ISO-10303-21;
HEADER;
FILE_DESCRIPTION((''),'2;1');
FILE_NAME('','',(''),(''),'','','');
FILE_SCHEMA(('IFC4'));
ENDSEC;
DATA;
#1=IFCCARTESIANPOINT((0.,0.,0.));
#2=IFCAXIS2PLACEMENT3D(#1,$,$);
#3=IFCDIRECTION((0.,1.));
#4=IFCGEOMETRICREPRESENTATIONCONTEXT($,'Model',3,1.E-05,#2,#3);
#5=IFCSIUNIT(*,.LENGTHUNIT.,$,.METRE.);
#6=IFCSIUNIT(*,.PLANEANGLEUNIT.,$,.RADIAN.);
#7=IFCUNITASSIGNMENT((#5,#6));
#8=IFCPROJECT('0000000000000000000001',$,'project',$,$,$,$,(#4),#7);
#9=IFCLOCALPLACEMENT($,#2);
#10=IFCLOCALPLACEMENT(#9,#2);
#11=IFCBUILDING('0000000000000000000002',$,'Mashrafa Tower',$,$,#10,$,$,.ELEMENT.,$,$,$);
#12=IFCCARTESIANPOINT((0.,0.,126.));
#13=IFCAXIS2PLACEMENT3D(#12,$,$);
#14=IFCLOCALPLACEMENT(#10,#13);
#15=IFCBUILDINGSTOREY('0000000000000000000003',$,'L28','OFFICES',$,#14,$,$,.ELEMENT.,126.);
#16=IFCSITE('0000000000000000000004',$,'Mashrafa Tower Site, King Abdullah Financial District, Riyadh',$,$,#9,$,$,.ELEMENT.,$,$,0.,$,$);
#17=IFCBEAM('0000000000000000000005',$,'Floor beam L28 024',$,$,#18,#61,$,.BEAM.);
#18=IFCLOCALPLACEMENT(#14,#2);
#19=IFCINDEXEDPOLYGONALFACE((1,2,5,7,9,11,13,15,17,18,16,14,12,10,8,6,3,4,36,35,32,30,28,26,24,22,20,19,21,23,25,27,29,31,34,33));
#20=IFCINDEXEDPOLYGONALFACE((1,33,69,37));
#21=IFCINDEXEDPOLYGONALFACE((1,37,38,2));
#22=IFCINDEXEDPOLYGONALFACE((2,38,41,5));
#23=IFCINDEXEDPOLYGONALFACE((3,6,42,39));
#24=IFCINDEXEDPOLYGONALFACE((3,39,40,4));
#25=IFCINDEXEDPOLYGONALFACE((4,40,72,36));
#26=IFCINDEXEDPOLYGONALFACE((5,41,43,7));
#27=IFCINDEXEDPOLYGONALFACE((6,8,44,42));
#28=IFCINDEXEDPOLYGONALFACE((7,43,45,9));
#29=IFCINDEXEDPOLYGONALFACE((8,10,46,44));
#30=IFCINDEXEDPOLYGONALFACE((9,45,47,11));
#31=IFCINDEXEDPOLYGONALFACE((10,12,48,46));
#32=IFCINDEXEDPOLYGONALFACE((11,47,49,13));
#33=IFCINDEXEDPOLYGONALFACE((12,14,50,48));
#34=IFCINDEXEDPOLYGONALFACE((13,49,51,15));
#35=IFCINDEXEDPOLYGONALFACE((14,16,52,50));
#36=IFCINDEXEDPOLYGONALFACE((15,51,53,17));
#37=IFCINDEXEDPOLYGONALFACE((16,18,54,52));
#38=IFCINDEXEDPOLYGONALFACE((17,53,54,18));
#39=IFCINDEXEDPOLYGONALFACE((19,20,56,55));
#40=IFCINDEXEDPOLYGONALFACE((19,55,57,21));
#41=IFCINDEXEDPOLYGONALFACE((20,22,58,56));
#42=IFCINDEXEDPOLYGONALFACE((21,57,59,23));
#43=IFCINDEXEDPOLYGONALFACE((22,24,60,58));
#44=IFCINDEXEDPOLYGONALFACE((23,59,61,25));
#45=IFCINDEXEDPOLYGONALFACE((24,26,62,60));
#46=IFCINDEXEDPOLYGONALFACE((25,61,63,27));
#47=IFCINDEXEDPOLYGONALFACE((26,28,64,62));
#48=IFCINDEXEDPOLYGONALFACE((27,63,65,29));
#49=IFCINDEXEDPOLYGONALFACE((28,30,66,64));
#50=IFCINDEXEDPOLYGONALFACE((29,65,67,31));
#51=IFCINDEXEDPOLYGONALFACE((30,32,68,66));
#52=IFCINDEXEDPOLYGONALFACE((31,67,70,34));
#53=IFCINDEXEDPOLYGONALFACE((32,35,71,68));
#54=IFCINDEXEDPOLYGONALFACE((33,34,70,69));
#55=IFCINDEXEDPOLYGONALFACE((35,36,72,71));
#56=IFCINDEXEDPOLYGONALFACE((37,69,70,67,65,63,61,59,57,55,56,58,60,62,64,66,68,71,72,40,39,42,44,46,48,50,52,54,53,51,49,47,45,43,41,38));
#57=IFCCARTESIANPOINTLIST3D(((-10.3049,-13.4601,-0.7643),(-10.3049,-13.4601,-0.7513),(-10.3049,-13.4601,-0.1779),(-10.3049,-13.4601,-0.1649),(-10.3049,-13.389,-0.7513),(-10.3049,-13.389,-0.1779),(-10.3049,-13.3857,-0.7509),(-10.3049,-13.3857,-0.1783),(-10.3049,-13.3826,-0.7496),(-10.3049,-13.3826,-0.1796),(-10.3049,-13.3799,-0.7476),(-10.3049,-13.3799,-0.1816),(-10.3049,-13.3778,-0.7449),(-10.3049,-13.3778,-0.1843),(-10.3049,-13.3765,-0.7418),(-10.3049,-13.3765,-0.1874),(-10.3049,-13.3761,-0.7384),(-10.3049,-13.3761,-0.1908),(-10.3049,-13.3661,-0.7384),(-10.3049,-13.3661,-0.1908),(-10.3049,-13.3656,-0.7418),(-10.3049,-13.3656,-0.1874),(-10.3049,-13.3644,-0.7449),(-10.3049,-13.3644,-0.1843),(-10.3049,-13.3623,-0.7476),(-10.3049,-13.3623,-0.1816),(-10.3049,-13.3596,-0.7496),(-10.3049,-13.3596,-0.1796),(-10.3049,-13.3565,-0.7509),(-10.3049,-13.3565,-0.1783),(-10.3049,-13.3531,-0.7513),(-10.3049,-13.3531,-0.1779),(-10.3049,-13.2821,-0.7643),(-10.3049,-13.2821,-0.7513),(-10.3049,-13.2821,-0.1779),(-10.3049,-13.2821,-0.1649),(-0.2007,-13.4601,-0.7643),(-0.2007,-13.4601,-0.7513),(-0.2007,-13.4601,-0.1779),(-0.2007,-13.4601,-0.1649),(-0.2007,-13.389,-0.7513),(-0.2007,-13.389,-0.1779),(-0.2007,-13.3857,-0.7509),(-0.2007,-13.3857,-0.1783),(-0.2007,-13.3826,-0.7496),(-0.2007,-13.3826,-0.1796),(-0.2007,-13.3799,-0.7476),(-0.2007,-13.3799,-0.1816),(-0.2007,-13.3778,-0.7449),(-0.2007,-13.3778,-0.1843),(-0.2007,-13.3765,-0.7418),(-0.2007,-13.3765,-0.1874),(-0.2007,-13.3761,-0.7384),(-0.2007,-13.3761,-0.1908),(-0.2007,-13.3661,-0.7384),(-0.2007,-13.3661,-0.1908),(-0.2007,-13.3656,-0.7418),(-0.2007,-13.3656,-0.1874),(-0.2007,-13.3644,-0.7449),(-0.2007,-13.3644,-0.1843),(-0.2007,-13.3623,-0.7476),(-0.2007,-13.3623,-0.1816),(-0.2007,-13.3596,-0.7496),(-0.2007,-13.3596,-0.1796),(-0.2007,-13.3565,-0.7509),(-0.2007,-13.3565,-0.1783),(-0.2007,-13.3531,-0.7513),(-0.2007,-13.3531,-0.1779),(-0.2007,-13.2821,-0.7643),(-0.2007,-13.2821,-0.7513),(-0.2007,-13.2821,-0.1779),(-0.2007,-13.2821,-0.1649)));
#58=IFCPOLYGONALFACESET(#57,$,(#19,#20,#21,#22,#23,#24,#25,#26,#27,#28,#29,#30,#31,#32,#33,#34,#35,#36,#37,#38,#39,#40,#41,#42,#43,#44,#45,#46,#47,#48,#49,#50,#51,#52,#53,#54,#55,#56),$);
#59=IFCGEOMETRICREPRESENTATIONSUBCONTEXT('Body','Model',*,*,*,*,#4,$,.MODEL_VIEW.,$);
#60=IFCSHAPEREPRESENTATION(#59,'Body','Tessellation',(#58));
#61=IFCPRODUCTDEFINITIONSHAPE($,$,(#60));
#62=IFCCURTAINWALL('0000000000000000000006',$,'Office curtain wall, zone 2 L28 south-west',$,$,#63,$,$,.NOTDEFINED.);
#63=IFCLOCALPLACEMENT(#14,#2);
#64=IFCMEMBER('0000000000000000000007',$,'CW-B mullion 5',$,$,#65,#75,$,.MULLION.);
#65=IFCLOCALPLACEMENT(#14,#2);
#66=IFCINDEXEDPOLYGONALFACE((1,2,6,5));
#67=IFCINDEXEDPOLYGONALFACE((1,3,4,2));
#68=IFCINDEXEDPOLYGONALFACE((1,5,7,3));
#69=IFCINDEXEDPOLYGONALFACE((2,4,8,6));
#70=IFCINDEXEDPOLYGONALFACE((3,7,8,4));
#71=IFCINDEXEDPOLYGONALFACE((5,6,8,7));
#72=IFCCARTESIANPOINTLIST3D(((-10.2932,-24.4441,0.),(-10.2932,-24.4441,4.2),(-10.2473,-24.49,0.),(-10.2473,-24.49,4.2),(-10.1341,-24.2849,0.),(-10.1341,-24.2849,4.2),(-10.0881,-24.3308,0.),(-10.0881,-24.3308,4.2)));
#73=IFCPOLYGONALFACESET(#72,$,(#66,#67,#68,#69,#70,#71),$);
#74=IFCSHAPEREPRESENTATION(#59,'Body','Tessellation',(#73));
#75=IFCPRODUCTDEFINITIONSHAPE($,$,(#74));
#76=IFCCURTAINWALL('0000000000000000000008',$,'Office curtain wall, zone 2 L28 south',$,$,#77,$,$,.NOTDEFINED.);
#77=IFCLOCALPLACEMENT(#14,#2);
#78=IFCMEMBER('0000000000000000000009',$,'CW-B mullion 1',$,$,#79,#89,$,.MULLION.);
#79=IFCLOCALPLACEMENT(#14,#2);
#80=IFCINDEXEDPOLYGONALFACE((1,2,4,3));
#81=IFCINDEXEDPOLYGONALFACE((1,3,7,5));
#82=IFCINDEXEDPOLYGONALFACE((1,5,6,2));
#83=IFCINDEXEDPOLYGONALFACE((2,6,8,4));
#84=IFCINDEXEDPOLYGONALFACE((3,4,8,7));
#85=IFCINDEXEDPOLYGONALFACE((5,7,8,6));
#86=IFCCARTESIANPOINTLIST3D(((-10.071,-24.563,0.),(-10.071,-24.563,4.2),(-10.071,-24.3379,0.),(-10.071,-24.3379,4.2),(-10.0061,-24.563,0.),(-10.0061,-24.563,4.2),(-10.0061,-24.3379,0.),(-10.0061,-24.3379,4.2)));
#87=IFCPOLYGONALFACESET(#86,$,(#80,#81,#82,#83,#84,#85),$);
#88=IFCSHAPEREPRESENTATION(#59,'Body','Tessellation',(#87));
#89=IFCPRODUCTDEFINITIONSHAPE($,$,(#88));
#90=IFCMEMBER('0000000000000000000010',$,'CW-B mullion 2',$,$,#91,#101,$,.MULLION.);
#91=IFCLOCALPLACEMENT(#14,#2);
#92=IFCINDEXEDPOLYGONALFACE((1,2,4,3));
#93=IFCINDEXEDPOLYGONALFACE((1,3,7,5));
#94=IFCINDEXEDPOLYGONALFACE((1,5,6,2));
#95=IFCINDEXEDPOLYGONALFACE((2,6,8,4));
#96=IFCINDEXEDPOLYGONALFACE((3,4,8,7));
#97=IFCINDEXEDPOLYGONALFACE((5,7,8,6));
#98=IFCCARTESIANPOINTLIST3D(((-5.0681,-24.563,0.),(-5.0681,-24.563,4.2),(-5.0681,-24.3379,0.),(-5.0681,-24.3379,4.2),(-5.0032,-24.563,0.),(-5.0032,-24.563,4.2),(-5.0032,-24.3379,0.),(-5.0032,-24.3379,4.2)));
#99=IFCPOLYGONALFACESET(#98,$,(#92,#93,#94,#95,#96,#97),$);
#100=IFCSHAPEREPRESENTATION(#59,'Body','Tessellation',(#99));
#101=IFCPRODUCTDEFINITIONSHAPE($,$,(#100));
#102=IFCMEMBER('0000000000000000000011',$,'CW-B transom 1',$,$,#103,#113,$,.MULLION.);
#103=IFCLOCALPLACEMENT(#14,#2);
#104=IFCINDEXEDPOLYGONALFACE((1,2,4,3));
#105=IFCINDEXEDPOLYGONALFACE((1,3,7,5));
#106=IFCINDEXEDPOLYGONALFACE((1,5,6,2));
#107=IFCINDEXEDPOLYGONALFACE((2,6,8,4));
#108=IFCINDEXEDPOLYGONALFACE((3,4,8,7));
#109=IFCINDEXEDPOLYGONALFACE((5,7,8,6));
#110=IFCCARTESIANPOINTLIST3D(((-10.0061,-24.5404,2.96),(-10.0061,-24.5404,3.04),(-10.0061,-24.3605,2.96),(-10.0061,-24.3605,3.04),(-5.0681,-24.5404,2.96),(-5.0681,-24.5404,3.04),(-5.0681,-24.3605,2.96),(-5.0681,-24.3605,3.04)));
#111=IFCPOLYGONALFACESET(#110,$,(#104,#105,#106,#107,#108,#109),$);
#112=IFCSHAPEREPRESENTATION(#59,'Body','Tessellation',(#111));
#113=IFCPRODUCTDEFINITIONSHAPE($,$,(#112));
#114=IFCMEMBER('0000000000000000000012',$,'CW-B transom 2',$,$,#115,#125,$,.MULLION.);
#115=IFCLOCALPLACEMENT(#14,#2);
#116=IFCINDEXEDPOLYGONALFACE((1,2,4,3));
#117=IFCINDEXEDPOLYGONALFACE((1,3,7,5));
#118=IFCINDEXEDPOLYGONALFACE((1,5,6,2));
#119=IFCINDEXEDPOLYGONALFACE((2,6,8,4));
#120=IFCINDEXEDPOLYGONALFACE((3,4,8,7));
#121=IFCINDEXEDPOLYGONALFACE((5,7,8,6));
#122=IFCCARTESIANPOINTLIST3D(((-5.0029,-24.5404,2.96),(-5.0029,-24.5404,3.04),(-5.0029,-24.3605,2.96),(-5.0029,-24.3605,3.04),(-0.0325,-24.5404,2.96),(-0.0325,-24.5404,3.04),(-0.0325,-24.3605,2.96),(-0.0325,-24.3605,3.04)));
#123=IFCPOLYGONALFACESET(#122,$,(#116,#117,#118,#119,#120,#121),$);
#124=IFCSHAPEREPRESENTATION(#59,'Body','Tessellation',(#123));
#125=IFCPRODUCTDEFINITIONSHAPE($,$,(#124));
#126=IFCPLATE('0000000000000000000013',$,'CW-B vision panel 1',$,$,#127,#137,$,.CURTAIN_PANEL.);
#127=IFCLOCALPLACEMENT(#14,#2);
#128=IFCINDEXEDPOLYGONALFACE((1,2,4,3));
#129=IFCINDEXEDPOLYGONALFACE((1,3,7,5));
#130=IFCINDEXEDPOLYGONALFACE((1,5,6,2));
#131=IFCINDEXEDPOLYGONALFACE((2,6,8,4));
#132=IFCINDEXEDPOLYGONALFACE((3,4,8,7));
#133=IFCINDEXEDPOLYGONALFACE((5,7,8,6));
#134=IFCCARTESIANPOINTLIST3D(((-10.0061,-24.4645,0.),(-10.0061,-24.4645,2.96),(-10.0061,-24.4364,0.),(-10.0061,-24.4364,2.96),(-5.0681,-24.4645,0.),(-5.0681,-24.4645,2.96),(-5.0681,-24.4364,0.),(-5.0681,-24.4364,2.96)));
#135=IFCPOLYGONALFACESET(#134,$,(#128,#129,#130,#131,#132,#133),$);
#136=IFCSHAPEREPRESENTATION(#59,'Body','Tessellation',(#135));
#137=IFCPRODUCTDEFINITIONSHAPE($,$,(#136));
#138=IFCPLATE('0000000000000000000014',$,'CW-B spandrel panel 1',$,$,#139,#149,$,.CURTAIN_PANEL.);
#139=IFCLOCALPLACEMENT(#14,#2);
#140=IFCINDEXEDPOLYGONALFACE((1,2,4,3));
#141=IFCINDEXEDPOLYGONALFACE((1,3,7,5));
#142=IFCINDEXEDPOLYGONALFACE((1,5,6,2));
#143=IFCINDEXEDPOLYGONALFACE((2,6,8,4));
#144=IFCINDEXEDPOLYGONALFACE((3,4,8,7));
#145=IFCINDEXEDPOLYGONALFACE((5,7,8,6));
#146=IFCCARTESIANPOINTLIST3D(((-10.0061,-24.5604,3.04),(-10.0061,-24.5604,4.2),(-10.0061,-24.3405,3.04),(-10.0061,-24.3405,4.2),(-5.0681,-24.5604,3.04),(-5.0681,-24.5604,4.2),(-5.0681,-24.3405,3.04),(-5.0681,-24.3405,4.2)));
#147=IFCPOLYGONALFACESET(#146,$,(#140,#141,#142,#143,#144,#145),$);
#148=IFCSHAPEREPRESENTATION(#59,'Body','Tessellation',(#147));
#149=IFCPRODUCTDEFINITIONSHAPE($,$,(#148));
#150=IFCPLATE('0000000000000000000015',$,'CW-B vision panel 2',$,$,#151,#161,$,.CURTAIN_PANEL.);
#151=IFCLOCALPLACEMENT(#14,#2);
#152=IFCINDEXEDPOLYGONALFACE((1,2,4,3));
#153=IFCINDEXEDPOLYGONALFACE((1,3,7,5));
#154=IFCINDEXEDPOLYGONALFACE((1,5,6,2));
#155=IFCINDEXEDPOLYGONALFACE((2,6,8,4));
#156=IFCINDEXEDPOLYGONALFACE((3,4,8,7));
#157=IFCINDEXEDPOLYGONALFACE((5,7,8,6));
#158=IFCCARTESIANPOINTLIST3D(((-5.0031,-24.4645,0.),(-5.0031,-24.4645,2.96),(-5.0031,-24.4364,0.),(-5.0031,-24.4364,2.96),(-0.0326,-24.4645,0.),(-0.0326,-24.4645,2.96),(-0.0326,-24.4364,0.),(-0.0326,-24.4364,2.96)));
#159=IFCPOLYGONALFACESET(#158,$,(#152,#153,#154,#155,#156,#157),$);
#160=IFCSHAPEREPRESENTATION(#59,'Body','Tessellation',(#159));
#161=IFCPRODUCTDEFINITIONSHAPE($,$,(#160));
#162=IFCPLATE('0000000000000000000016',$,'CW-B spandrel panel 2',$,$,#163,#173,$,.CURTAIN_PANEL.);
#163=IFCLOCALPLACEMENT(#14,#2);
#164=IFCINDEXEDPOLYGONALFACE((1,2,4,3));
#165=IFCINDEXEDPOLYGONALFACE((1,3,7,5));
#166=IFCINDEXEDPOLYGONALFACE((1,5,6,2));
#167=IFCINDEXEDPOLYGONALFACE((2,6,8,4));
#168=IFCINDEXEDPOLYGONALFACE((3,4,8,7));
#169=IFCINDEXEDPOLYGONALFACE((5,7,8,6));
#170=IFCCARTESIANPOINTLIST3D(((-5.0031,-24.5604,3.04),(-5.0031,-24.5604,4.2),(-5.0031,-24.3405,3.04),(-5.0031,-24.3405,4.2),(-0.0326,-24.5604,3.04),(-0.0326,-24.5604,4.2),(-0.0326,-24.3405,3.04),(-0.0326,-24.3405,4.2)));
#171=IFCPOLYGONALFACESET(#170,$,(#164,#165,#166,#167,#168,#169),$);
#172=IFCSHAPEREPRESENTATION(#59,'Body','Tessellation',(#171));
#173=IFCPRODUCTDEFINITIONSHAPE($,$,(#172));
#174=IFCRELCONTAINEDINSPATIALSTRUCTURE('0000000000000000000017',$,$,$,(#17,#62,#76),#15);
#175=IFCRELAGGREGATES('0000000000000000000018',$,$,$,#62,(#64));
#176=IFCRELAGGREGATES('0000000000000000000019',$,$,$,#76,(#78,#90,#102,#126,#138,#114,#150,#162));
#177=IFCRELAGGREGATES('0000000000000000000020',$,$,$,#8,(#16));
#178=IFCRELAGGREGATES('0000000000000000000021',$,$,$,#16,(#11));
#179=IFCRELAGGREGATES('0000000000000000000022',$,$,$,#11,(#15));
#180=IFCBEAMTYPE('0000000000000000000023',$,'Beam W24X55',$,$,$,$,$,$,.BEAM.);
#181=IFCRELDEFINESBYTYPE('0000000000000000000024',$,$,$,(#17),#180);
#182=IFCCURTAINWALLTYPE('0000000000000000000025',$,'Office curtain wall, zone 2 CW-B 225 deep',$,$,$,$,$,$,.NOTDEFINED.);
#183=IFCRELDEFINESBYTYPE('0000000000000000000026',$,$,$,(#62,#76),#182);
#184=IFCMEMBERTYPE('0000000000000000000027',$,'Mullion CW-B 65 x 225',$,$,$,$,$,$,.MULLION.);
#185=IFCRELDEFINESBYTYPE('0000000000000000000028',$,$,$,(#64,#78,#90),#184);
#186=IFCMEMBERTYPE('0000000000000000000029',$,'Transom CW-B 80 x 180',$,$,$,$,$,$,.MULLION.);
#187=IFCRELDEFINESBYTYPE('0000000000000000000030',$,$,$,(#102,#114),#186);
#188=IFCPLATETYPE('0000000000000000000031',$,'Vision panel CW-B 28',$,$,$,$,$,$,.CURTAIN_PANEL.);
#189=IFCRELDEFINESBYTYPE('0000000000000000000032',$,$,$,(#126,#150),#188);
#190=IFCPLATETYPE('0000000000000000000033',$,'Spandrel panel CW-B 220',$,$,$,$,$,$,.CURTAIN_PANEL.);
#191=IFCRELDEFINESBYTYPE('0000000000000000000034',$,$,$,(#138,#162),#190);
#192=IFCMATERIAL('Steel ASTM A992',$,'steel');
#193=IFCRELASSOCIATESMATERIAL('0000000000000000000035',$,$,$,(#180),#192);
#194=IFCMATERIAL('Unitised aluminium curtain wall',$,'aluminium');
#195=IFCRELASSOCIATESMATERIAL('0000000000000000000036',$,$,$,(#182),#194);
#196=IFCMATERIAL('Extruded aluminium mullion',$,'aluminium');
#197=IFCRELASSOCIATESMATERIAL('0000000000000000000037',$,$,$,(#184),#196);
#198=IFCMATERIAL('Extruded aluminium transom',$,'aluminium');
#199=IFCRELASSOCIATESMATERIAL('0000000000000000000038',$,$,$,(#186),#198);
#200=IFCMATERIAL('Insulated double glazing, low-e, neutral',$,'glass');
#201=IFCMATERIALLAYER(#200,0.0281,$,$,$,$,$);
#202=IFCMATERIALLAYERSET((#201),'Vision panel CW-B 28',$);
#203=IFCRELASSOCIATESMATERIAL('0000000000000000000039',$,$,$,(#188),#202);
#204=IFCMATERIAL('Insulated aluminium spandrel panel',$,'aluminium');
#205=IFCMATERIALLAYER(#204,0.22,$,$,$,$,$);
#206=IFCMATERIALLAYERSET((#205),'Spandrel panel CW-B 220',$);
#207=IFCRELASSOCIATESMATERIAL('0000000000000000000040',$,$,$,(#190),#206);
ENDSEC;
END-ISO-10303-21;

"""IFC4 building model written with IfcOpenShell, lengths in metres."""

from ifc_helpers import new_model, si_unit, direction, frame, origin, origin_2d, place, context, subcontext, project, spatial, rectangle, i_section, extrude, source, transform, mapped, material, layer, layer_set, material_profile, profile_set, type_object, type_shapes, element, aggregate, save


model = new_model("IFC4")

# Units and contexts
model_context = context("Model", 3, precision=1e-05, world=origin(), true_north=direction((0.0, 1.0)))
body_context = subcontext(model_context, "Body", "Model", "MODEL_VIEW")
ifc_project = project(units=[si_unit("LENGTHUNIT", "METRE"), si_unit("PLANEANGLEUNIT", "RADIAN")], contexts=[model_context])

# Site, building, storey
site_placement = place(None, origin())
site = spatial("IfcSite", under=ifc_project, at=site_placement, Name="Mashrafa Tower Site, King Abdullah Financial District, Riyadh", CompositionType="ELEMENT", RefElevation=0.0)
building_placement = place(site_placement, origin())
building = spatial("IfcBuilding", under=site, at=building_placement, Name="Mashrafa Tower", CompositionType="ELEMENT")
storey_placement = place(building_placement, frame((0.0, 0.0, 126.0)))
storey = spatial("IfcBuildingStorey", under=building, at=storey_placement, Name="L28", Description="OFFICES", CompositionType="ELEMENT", Elevation=126.0)

# Beam
ifc_material_1 = material(Name="Steel ASTM A992", Category="steel")
ifc_material_profile_1 = material_profile(ifc_material_1, i_section(OverallWidth=0.178, OverallDepth=0.5994, WebThickness=0.01, FlangeThickness=0.0129, FilletRadius=0.0129, at=origin_2d()), Name="W24X55")
ifc_profile_set_1 = profile_set([ifc_material_profile_1], Name="Steel ASTM A992")
beam_type_1 = type_object("IfcBeamType", Name="Beam W24X55", PredefinedType="BEAM", material=ifc_profile_set_1)
beam_1_placement = place(storey_placement, frame((-0.2007, -13.3711, -0.4646), z_axis=(-1.0, 0.0, 0.0), x_axis=(0.0, -1.0, 0.0)))
element("IfcBeam", 1, at=beam_1_placement, inside=storey, type_object=beam_type_1, Name="Floor beam L28 024", PredefinedType="BEAM", context=body_context, shape_type="SweptSolid", body=[
    extrude(i_section(OverallWidth=0.178, OverallDepth=0.5994, WebThickness=0.01, FlangeThickness=0.0129, FilletRadius=0.0129, at=origin_2d()), origin(), (0.0, 0.0, 1.0), 10.1042),
])

# Curtain wall, member
ifc_material_2 = material(Name="Unitised aluminium curtain wall", Category="aluminium")
curtain_wall_type = type_object("IfcCurtainWallType", Name="Office curtain wall, zone 2 CW-B 225 deep", PredefinedType="NOTDEFINED", material=ifc_material_2)
curtain_wall_1_placement = place(storey_placement, origin())
curtain_wall_1 = element("IfcCurtainWall", 2, at=curtain_wall_1_placement, inside=storey, type_object=curtain_wall_type, Name="Office curtain wall, zone 2 L28 south-west", PredefinedType="NOTDEFINED")
ifc_material_3 = material(Name="Extruded aluminium mullion", Category="aluminium")
ifc_material_profile_2 = material_profile(ifc_material_3, rectangle(XDim=0.2251, YDim=0.0649, at=origin_2d()), Name="Mullion 65x225")
ifc_profile_set_2 = profile_set([ifc_material_profile_2], Name="Extruded aluminium mullion")
member_type_1 = type_object("IfcMemberType", Name="Mullion CW-B 65 x 225", PredefinedType="MULLION", material=ifc_profile_set_2)
shared_shape_1 = source(origin(), body_context, "Body", "SweptSolid", [
    extrude(rectangle(XDim=0.2251, YDim=0.0649, at=origin_2d()), origin(), (0.0, 0.0, 1.0), 4.2),
])
type_shapes(member_type_1, [shared_shape_1])
member_1_placement = place(storey_placement, frame((-10.1907, -24.3875, 0.0), z_axis=(0.0, 0.0, 1.0), x_axis=(0.707107, 0.707107, 0.0)))
member_1 = element("IfcMember", 3, at=member_1_placement, type_object=member_type_1, Name="CW-B mullion 5", PredefinedType="MULLION", context=body_context, shape_type="MappedRepresentation", body=[
    mapped(shared_shape_1, transform((0.0, 0.0, 0.0))),
])
aggregate(curtain_wall_1, [member_1])

# Curtain wall, members, plates
curtain_wall_2_placement = place(storey_placement, origin())
curtain_wall_2 = element("IfcCurtainWall", 4, at=curtain_wall_2_placement, inside=storey, type_object=curtain_wall_type, Name="Office curtain wall, zone 2 L28 south", PredefinedType="NOTDEFINED")
member_2_placement = place(storey_placement, frame((-10.0386, -24.4504, 0.0), z_axis=(0.0, 0.0, 1.0), x_axis=(0.0, 1.0, 0.0)))
member_2 = element("IfcMember", 5, at=member_2_placement, type_object=member_type_1, Name="CW-B mullion 1", PredefinedType="MULLION", context=body_context, shape_type="MappedRepresentation", body=[
    mapped(shared_shape_1, transform((0.0, 0.0, 0.0))),
])
member_3_placement = place(storey_placement, frame((-5.0356, -24.4504, 0.0), z_axis=(0.0, 0.0, 1.0), x_axis=(0.0, 1.0, 0.0)))
member_3 = element("IfcMember", 6, at=member_3_placement, type_object=member_type_1, Name="CW-B mullion 2", PredefinedType="MULLION", context=body_context, shape_type="MappedRepresentation", body=[
    mapped(shared_shape_1, transform((0.0, 0.0, 0.0))),
])
ifc_material_4 = material(Name="Extruded aluminium transom", Category="aluminium")
ifc_material_profile_3 = material_profile(ifc_material_4, rectangle(XDim=0.1799, YDim=0.0801, at=origin_2d()), Name="Transom 80x180")
ifc_profile_set_3 = profile_set([ifc_material_profile_3], Name="Extruded aluminium transom")
member_type_2 = type_object("IfcMemberType", Name="Transom CW-B 80 x 180", PredefinedType="MULLION", material=ifc_profile_set_3)
shared_shape_2 = source(origin(), body_context, "Body", "SweptSolid", [
    extrude(rectangle(XDim=0.1799, YDim=0.0801, at=origin_2d()), origin(), (0.0, 0.0, 1.0), 4.938),
])
member_4_placement = place(storey_placement, frame((-10.0061, -24.4504, 3.0), z_axis=(1.0, 0.0, 0.0), x_axis=(0.0, 1.0, 0.0)))
member_4 = element("IfcMember", 7, at=member_4_placement, type_object=member_type_2, Name="CW-B transom 1", PredefinedType="MULLION", context=body_context, shape_type="MappedRepresentation", body=[
    mapped(shared_shape_2, transform((0.0, 0.0, 0.0))),
])
shared_shape_3 = source(origin(), body_context, "Body", "SweptSolid", [
    extrude(rectangle(XDim=0.1799, YDim=0.0801, at=origin_2d()), origin(), (0.0, 0.0, 1.0), 4.9705),
])
type_shapes(member_type_2, [shared_shape_2, shared_shape_3])
member_5_placement = place(storey_placement, frame((-5.0029, -24.4504, 3.0), z_axis=(1.0, 0.0, 0.0), x_axis=(0.0, 1.0, 0.0)))
member_5 = element("IfcMember", 8, at=member_5_placement, type_object=member_type_2, Name="CW-B transom 2", PredefinedType="MULLION", context=body_context, shape_type="MappedRepresentation", body=[
    mapped(shared_shape_3, transform((0.0, 0.0, 0.0))),
])
ifc_material_5 = material(Name="Insulated double glazing, low-e, neutral", Category="glass")
ifc_layer_1 = layer(ifc_material_5, 0.0281)
ifc_layer_set_1 = layer_set([ifc_layer_1], Name="Vision panel CW-B 28")
plate_type_1 = type_object("IfcPlateType", Name="Vision panel CW-B 28", PredefinedType="CURTAIN_PANEL", material=ifc_layer_set_1)
shared_shape_4 = source(origin(), body_context, "Body", "SweptSolid", [
    extrude(rectangle(XDim=4.938, YDim=0.0281, at=origin_2d()), origin(), (0.0, 0.0, 1.0), 2.96),
])
plate_1_placement = place(storey_placement, frame((-7.5371, -24.4504, 0.0), z_axis=(0.0, 0.0, 1.0), x_axis=(1.0, 0.0, 0.0)))
plate_1 = element("IfcPlate", 9, at=plate_1_placement, type_object=plate_type_1, Name="CW-B vision panel 1", PredefinedType="CURTAIN_PANEL", context=body_context, shape_type="MappedRepresentation", body=[
    mapped(shared_shape_4, transform((0.0, 0.0, 0.0))),
])
ifc_material_6 = material(Name="Insulated aluminium spandrel panel", Category="aluminium")
ifc_layer_2 = layer(ifc_material_6, 0.22)
ifc_layer_set_2 = layer_set([ifc_layer_2], Name="Spandrel panel CW-B 220")
plate_type_2 = type_object("IfcPlateType", Name="Spandrel panel CW-B 220", PredefinedType="CURTAIN_PANEL", material=ifc_layer_set_2)
shared_shape_5 = source(origin(), body_context, "Body", "SweptSolid", [
    extrude(rectangle(XDim=4.938, YDim=0.22, at=origin_2d()), origin(), (0.0, 0.0, 1.0), 1.1599),
])
plate_2_placement = place(storey_placement, frame((-7.5371, -24.4504, 3.04), z_axis=(0.0, 0.0, 1.0), x_axis=(1.0, 0.0, 0.0)))
plate_2 = element("IfcPlate", 10, at=plate_2_placement, type_object=plate_type_2, Name="CW-B spandrel panel 1", PredefinedType="CURTAIN_PANEL", context=body_context, shape_type="MappedRepresentation", body=[
    mapped(shared_shape_5, transform((0.0, 0.0, 0.0))),
])
shared_shape_6 = source(origin(), body_context, "Body", "SweptSolid", [
    extrude(rectangle(XDim=4.9705, YDim=0.0281, at=origin_2d()), origin(), (0.0, 0.0, 1.0), 2.96),
])
type_shapes(plate_type_1, [shared_shape_4, shared_shape_6])
plate_3_placement = place(storey_placement, frame((-2.5178, -24.4504, 0.0), z_axis=(0.0, 0.0, 1.0), x_axis=(1.0, 0.0, 0.0)))
plate_3 = element("IfcPlate", 11, at=plate_3_placement, type_object=plate_type_1, Name="CW-B vision panel 2", PredefinedType="CURTAIN_PANEL", context=body_context, shape_type="MappedRepresentation", body=[
    mapped(shared_shape_6, transform((0.0, 0.0, 0.0))),
])
shared_shape_7 = source(origin(), body_context, "Body", "SweptSolid", [
    extrude(rectangle(XDim=4.9705, YDim=0.22, at=origin_2d()), origin(), (0.0, 0.0, 1.0), 1.1599),
])
type_shapes(plate_type_2, [shared_shape_5, shared_shape_7])
plate_4_placement = place(storey_placement, frame((-2.5178, -24.4504, 3.04), z_axis=(0.0, 0.0, 1.0), x_axis=(1.0, 0.0, 0.0)))
plate_4 = element("IfcPlate", 12, at=plate_4_placement, type_object=plate_type_2, Name="CW-B spandrel panel 2", PredefinedType="CURTAIN_PANEL", context=body_context, shape_type="MappedRepresentation", body=[
    mapped(shared_shape_7, transform((0.0, 0.0, 0.0))),
])
aggregate(curtain_wall_2, [member_2, member_3, member_4, plate_1, plate_2, member_5, plate_3, plate_4])

save(model, "model.ifc")
